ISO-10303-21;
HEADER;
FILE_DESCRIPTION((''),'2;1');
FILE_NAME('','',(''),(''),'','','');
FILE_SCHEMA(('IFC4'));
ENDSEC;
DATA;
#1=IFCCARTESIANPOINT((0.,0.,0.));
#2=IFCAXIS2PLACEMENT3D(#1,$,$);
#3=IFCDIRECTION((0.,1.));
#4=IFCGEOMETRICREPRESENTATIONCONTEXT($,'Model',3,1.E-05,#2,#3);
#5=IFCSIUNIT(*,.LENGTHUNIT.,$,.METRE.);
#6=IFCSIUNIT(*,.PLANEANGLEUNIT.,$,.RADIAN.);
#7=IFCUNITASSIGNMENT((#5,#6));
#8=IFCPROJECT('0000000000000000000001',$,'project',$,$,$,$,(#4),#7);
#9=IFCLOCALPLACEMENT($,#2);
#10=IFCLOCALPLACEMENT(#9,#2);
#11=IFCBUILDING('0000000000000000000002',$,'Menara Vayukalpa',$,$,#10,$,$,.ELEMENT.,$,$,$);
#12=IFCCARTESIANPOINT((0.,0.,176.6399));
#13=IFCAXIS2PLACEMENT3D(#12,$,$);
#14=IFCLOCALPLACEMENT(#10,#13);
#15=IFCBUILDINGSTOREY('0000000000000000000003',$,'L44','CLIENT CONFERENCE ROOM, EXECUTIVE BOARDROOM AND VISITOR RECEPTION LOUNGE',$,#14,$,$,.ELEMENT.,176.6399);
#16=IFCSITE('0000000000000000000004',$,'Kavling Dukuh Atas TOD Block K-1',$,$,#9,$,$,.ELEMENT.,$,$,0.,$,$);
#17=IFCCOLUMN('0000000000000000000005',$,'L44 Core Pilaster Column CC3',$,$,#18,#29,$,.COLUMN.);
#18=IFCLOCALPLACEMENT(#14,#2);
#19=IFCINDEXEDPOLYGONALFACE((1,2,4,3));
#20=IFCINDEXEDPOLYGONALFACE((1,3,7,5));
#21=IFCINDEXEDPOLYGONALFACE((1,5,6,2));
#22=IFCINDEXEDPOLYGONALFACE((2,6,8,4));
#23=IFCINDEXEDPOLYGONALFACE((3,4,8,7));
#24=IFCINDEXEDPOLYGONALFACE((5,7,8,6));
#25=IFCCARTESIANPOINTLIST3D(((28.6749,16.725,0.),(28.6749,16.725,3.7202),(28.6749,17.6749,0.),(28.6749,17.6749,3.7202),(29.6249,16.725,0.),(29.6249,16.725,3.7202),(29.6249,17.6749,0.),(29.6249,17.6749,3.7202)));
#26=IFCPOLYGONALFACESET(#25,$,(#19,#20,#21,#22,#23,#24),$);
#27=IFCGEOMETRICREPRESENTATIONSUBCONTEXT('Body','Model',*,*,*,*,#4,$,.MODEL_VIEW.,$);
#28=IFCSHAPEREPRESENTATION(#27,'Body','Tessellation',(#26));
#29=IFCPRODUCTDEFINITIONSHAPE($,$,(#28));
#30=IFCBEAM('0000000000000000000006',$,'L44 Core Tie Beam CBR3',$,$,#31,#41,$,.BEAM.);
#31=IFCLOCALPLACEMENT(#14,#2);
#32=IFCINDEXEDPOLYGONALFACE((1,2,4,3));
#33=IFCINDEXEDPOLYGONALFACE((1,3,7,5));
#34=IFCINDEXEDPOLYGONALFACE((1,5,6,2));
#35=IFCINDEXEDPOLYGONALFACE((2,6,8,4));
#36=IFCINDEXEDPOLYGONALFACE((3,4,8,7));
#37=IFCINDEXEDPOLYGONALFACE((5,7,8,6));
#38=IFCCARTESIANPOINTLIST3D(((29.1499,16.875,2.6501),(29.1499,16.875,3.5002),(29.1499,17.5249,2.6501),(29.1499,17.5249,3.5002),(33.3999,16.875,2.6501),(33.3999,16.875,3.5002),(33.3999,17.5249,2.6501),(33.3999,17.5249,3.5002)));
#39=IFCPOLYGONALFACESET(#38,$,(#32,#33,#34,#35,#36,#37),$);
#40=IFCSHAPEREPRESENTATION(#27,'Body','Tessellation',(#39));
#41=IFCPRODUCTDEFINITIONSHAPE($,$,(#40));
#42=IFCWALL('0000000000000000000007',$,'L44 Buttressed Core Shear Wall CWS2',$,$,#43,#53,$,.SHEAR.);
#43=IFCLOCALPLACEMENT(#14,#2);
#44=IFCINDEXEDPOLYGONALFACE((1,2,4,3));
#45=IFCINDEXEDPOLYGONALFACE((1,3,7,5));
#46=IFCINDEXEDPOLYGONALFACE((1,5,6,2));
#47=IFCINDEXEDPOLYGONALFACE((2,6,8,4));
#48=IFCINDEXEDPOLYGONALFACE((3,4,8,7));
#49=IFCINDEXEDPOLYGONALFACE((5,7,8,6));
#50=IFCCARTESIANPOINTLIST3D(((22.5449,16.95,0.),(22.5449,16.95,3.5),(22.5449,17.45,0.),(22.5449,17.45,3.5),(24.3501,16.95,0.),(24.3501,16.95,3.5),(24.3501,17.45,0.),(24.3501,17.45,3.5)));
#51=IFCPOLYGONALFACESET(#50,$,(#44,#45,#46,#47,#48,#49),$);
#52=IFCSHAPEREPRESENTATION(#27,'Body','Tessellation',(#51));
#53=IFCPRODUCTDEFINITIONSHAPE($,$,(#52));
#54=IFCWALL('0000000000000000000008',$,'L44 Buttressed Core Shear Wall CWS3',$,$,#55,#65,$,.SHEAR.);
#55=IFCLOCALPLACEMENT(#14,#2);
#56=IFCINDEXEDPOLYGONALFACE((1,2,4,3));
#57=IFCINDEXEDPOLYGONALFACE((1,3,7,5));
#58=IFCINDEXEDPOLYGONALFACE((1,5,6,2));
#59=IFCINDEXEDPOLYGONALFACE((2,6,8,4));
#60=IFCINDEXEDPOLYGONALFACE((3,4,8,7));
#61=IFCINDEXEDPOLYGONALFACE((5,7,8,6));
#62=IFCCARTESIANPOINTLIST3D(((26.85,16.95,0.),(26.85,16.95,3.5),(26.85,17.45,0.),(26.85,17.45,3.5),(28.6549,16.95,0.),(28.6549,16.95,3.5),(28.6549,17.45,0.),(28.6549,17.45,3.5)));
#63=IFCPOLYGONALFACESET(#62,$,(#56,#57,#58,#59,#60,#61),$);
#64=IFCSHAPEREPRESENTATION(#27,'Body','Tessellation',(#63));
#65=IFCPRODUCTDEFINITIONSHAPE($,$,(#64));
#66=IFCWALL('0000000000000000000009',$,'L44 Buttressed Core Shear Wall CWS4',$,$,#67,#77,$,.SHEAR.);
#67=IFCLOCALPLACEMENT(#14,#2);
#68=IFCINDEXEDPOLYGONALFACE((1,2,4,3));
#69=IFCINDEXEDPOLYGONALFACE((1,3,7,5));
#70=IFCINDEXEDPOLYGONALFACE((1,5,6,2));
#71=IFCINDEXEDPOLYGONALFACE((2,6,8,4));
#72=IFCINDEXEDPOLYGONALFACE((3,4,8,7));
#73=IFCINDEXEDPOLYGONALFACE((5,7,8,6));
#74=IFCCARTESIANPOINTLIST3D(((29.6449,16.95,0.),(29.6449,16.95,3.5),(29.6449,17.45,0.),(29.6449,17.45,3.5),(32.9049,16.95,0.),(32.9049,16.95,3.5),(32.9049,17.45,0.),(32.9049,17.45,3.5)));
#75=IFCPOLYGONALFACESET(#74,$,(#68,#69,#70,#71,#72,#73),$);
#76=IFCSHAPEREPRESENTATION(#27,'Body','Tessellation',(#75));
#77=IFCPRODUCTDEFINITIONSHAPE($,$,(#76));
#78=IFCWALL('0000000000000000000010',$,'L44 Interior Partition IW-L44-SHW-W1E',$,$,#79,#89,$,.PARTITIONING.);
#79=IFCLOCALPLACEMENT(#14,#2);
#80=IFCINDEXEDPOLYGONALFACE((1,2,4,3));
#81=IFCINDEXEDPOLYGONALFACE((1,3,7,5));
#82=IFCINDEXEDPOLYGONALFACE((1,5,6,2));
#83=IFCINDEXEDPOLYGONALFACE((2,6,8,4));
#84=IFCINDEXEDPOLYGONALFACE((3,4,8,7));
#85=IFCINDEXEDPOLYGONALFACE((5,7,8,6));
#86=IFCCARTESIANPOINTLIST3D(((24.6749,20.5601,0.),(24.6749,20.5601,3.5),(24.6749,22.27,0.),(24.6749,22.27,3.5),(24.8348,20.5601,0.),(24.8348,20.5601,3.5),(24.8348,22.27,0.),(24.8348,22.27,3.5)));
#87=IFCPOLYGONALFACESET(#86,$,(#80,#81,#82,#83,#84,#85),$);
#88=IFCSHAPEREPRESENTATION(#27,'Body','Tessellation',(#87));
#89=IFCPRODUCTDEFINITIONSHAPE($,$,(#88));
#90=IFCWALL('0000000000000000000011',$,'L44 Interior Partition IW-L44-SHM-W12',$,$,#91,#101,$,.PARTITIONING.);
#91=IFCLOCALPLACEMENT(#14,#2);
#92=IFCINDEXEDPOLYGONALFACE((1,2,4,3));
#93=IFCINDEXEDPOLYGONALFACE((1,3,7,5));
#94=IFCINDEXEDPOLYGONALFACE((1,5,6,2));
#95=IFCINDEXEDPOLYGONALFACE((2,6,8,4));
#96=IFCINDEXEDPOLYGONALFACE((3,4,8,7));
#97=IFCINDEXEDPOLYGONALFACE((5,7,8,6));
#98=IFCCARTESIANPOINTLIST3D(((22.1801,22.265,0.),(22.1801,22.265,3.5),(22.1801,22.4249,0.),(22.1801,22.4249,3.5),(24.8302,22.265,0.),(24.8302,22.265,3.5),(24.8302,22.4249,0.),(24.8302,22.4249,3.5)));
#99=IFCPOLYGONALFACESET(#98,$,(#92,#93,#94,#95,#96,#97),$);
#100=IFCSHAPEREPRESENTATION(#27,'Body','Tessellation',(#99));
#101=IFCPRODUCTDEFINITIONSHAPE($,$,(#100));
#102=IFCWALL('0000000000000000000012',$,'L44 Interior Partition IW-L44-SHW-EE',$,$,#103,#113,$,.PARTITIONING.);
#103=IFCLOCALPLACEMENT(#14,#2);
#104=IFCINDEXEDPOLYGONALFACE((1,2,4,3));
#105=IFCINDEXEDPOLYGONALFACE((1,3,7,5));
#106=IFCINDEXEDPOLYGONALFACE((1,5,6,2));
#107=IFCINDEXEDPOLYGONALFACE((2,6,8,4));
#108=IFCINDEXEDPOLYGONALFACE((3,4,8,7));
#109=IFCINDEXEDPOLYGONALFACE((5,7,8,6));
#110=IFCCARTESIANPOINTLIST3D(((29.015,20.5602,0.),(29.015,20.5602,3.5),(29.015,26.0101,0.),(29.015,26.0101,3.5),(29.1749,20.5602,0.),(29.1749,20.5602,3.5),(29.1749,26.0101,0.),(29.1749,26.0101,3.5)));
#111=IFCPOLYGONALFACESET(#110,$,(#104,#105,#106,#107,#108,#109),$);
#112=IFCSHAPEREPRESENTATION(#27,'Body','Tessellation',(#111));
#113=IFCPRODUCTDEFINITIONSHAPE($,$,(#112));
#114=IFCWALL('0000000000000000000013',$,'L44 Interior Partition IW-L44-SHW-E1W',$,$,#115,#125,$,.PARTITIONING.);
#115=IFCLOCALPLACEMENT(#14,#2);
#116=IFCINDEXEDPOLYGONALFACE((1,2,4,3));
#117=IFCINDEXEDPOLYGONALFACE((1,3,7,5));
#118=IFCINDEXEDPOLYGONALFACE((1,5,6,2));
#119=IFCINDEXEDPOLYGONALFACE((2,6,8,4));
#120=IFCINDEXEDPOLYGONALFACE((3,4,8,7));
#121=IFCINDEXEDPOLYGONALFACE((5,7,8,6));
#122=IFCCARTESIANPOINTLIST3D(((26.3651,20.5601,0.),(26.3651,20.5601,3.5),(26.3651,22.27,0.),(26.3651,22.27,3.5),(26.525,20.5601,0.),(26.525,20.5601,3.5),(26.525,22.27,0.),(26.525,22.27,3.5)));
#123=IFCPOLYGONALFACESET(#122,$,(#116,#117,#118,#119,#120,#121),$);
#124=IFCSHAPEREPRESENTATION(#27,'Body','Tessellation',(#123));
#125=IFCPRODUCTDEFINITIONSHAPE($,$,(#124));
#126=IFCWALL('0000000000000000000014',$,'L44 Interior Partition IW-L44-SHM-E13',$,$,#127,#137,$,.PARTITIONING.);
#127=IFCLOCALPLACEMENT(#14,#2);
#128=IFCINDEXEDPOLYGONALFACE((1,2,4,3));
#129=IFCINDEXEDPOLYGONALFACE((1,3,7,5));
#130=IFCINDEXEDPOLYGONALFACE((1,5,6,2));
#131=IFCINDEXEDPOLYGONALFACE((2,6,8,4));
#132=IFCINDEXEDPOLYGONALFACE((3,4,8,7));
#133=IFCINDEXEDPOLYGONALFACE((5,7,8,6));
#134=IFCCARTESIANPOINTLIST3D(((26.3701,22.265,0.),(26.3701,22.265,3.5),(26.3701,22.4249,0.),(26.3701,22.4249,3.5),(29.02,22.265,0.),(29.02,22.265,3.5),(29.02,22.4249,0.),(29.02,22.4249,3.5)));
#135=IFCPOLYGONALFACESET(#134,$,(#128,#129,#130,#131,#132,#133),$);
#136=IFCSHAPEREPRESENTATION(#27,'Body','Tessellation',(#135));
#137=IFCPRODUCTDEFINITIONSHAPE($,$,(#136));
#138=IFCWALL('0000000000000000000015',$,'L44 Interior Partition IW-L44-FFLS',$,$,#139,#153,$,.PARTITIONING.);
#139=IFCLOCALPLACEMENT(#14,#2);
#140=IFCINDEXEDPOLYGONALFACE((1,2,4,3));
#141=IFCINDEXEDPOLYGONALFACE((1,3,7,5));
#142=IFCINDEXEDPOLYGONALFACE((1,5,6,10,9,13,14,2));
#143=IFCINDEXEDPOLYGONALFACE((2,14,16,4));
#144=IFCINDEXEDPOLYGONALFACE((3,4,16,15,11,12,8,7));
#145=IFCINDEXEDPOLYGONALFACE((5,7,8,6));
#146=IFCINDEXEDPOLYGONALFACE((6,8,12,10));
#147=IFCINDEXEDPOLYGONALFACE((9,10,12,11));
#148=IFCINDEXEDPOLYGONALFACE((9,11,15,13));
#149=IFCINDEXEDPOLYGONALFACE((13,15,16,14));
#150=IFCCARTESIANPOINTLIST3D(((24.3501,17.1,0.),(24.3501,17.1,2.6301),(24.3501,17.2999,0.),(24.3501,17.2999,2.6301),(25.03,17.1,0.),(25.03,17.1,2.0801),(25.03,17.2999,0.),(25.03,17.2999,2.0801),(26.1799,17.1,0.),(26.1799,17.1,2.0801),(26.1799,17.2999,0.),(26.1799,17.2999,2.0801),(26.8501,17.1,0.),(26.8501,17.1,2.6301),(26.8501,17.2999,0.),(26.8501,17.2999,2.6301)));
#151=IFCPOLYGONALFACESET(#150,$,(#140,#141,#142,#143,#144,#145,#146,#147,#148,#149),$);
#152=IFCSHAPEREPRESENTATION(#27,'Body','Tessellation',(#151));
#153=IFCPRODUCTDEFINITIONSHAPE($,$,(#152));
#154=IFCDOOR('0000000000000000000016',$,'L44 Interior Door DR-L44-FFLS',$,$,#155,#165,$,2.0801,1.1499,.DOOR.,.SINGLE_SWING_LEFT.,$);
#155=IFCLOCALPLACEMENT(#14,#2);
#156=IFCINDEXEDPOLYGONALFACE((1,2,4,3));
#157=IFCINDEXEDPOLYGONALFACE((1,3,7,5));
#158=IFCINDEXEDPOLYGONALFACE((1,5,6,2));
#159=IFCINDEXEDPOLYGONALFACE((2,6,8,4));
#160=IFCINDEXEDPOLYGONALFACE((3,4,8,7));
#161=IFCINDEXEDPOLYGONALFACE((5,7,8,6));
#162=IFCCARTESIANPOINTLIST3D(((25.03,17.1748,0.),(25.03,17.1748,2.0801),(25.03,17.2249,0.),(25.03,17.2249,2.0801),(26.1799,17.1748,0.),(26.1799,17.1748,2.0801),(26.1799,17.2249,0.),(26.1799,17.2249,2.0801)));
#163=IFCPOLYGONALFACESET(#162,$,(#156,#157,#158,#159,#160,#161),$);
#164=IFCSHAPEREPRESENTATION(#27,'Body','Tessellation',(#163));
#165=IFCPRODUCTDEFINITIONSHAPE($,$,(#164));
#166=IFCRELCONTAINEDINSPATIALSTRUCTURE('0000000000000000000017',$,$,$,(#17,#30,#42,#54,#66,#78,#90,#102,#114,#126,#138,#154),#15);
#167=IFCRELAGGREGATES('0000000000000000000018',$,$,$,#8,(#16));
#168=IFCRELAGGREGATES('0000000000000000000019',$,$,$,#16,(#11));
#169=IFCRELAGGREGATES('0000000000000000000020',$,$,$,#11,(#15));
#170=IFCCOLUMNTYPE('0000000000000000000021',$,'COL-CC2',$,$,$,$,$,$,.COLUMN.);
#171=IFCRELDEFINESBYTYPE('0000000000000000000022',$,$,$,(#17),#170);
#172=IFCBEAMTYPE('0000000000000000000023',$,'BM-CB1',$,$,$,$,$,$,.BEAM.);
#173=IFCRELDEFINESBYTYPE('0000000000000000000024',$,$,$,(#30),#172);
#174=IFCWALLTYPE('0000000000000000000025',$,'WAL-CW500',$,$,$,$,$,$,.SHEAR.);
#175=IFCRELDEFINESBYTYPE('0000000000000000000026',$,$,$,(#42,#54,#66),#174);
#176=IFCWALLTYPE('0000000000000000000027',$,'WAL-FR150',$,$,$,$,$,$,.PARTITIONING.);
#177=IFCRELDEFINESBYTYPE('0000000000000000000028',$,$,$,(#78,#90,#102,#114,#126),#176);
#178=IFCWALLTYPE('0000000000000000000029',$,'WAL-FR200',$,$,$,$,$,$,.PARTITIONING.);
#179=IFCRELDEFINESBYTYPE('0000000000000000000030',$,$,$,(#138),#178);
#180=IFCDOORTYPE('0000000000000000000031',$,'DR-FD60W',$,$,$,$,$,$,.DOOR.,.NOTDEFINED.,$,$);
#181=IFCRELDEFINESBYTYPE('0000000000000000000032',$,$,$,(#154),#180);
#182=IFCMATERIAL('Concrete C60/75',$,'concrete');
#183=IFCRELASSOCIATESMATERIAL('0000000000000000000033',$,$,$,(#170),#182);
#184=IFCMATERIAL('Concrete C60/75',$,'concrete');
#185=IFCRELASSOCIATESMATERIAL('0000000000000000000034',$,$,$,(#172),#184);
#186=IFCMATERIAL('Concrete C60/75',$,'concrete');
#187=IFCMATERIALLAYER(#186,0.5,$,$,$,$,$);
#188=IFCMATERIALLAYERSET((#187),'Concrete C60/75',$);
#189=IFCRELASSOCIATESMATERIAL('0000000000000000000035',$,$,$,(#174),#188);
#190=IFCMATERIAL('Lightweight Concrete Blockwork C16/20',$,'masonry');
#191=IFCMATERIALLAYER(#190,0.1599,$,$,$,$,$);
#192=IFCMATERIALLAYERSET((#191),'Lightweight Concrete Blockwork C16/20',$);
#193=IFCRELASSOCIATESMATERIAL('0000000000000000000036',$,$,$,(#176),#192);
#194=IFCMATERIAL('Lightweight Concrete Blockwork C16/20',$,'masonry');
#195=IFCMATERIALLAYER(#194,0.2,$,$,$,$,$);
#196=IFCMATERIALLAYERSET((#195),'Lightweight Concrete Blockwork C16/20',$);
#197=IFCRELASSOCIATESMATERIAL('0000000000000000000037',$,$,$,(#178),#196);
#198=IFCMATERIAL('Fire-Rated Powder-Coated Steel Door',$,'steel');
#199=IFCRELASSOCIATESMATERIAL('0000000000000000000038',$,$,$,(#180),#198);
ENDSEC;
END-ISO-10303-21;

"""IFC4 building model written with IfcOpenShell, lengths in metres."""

from ifc_helpers import new_model, si_unit, direction, frame, frame_2d, origin, origin_2d, place, context, subcontext, project, spatial, rectangle, extrude, material, layer, layer_set, material_profile, profile_set, type_object, element, fill, save


model = new_model("IFC4")

# Units and contexts
model_context = context("Model", 3, precision=1e-05, world=origin(), true_north=direction((0.0, 1.0)))
body_context = subcontext(model_context, "Body", "Model", "MODEL_VIEW")
ifc_project = project(units=[si_unit("LENGTHUNIT", "METRE"), si_unit("PLANEANGLEUNIT", "RADIAN")], contexts=[model_context])

# Site, building, storey
site_placement = place(None, origin())
site = spatial("IfcSite", under=ifc_project, at=site_placement, Name="Kavling Dukuh Atas TOD Block K-1", CompositionType="ELEMENT", RefElevation=0.0)
building_placement = place(site_placement, origin())
building = spatial("IfcBuilding", under=site, at=building_placement, Name="Menara Vayukalpa", CompositionType="ELEMENT")
storey_placement = place(building_placement, frame((0.0, 0.0, 176.6399)))
storey = spatial("IfcBuildingStorey", under=building, at=storey_placement, Name="L44", Description="CLIENT CONFERENCE ROOM, EXECUTIVE BOARDROOM AND VISITOR RECEPTION LOUNGE", CompositionType="ELEMENT", Elevation=176.6399)

# Column
ifc_material_1 = material(Name="Concrete C60/75", Category="concrete")
ifc_material_profile_1 = material_profile(ifc_material_1, rectangle(XDim=0.95, YDim=0.95, at=origin_2d()), Name="RC 950x950")
ifc_profile_set_1 = profile_set([ifc_material_profile_1], Name="Concrete C60/75")
column_type = type_object("IfcColumnType", Name="COL-CC2", PredefinedType="COLUMN", material=ifc_profile_set_1)
column_placement = place(storey_placement, frame((29.1499, 17.2, 0.0), z_axis=(0.0, 0.0, 1.0), x_axis=(1.0, 0.0, 0.0)))
element("IfcColumn", 1, at=column_placement, inside=storey, type_object=column_type, Name="L44 Core Pilaster Column CC3", PredefinedType="COLUMN", context=body_context, shape_type="SweptSolid", body=[
    extrude(rectangle(XDim=0.95, YDim=0.95, at=origin_2d()), origin(), (0.0, 0.0, 1.0), 3.7202),
])

# Beam
ifc_material_2 = material(Name="Concrete C60/75", Category="concrete")
ifc_material_profile_2 = material_profile(ifc_material_2, rectangle(XDim=0.6499, YDim=0.8501, at=origin_2d()), Name="RC 650x850")
ifc_profile_set_2 = profile_set([ifc_material_profile_2], Name="Concrete C60/75")
beam_type = type_object("IfcBeamType", Name="BM-CB1", PredefinedType="BEAM", material=ifc_profile_set_2)
beam_placement = place(storey_placement, frame((29.1499, 17.2, 3.0752), z_axis=(1.0, 0.0, 0.0), x_axis=(0.0, 1.0, 0.0)))
element("IfcBeam", 2, at=beam_placement, inside=storey, type_object=beam_type, Name="L44 Core Tie Beam CBR3", PredefinedType="BEAM", context=body_context, shape_type="SweptSolid", body=[
    extrude(rectangle(XDim=0.6499, YDim=0.8501, at=origin_2d()), origin(), (0.0, 0.0, 1.0), 4.25),
])

# Walls
ifc_material_3 = material(Name="Concrete C60/75", Category="concrete")
ifc_layer_1 = layer(ifc_material_3, 0.5)
ifc_layer_set_1 = layer_set([ifc_layer_1], Name="Concrete C60/75")
wall_type_1 = type_object("IfcWallType", Name="WAL-CW500", PredefinedType="SHEAR", material=ifc_layer_set_1)
wall_1_placement = place(storey_placement, frame((22.5449, 17.2, 0.0), z_axis=(0.0, 0.0, 1.0), x_axis=(1.0, 0.0, 0.0)))
element("IfcWall", 3, at=wall_1_placement, inside=storey, type_object=wall_type_1, Name="L44 Buttressed Core Shear Wall CWS2", PredefinedType="SHEAR", context=body_context, shape_type="SweptSolid", body=[
    extrude(rectangle(XDim=1.8052, YDim=0.5, at=frame_2d((0.9026, 0.0))), origin(), (0.0, 0.0, 1.0), 3.5),
])
wall_2_placement = place(storey_placement, frame((26.8501, 17.2, 0.0), z_axis=(0.0, 0.0, 1.0), x_axis=(1.0, 0.0, 0.0)))
element("IfcWall", 4, at=wall_2_placement, inside=storey, type_object=wall_type_1, Name="L44 Buttressed Core Shear Wall CWS3", PredefinedType="SHEAR", context=body_context, shape_type="SweptSolid", body=[
    extrude(rectangle(XDim=1.8049, YDim=0.5, at=frame_2d((0.9023, 0.0))), origin(), (0.0, 0.0, 1.0), 3.5),
])
wall_3_placement = place(storey_placement, frame((29.645, 17.2, 0.0), z_axis=(0.0, 0.0, 1.0), x_axis=(1.0, 0.0, 0.0)))
element("IfcWall", 5, at=wall_3_placement, inside=storey, type_object=wall_type_1, Name="L44 Buttressed Core Shear Wall CWS4", PredefinedType="SHEAR", context=body_context, shape_type="SweptSolid", body=[
    extrude(rectangle(XDim=3.26, YDim=0.5, at=frame_2d((1.6299, 0.0))), origin(), (0.0, 0.0, 1.0), 3.5),
])
ifc_material_4 = material(Name="Lightweight Concrete Blockwork C16/20", Category="masonry")
ifc_layer_2 = layer(ifc_material_4, 0.1599)
ifc_layer_set_2 = layer_set([ifc_layer_2], Name="Lightweight Concrete Blockwork C16/20")
wall_type_2 = type_object("IfcWallType", Name="WAL-FR150", PredefinedType="PARTITIONING", material=ifc_layer_set_2)
wall_4_placement = place(storey_placement, frame((24.7549, 20.5601, 0.0), z_axis=(0.0, 0.0, 1.0), x_axis=(0.0, 1.0, 0.0)))
element("IfcWall", 6, at=wall_4_placement, inside=storey, type_object=wall_type_2, Name="L44 Interior Partition IW-L44-SHW-W1E", PredefinedType="PARTITIONING", context=body_context, shape_type="SweptSolid", body=[
    extrude(rectangle(XDim=1.71, YDim=0.1599, at=frame_2d((0.855, 0.0))), origin(), (0.0, 0.0, 1.0), 3.5),
])
wall_5_placement = place(storey_placement, frame((22.1799, 22.345, 0.0), z_axis=(0.0, 0.0, 1.0), x_axis=(1.0, 0.0, 0.0)))
element("IfcWall", 7, at=wall_5_placement, inside=storey, type_object=wall_type_2, Name="L44 Interior Partition IW-L44-SHM-W12", PredefinedType="PARTITIONING", context=body_context, shape_type="SweptSolid", body=[
    extrude(rectangle(XDim=2.6501, YDim=0.1599, at=frame_2d((1.3252, 0.0))), origin(), (0.0, 0.0, 1.0), 3.5),
])
wall_6_placement = place(storey_placement, frame((29.095, 20.5601, 0.0), z_axis=(0.0, 0.0, 1.0), x_axis=(0.0, 1.0, 0.0)))
element("IfcWall", 8, at=wall_6_placement, inside=storey, type_object=wall_type_2, Name="L44 Interior Partition IW-L44-SHW-EE", PredefinedType="PARTITIONING", context=body_context, shape_type="SweptSolid", body=[
    extrude(rectangle(XDim=5.45, YDim=0.1599, at=frame_2d((2.7251, 0.0))), origin(), (0.0, 0.0, 1.0), 3.5),
])
wall_7_placement = place(storey_placement, frame((26.4451, 20.5601, 0.0), z_axis=(0.0, 0.0, 1.0), x_axis=(0.0, 1.0, 0.0)))
element("IfcWall", 9, at=wall_7_placement, inside=storey, type_object=wall_type_2, Name="L44 Interior Partition IW-L44-SHW-E1W", PredefinedType="PARTITIONING", context=body_context, shape_type="SweptSolid", body=[
    extrude(rectangle(XDim=1.71, YDim=0.1599, at=frame_2d((0.855, 0.0))), origin(), (0.0, 0.0, 1.0), 3.5),
])
wall_8_placement = place(storey_placement, frame((26.3701, 22.345, 0.0), z_axis=(0.0, 0.0, 1.0), x_axis=(1.0, 0.0, 0.0)))
element("IfcWall", 10, at=wall_8_placement, inside=storey, type_object=wall_type_2, Name="L44 Interior Partition IW-L44-SHM-E13", PredefinedType="PARTITIONING", context=body_context, shape_type="SweptSolid", body=[
    extrude(rectangle(XDim=2.6499, YDim=0.1599, at=frame_2d((1.325, 0.0))), origin(), (0.0, 0.0, 1.0), 3.5),
])

# Wall, opening, door
ifc_material_5 = material(Name="Lightweight Concrete Blockwork C16/20", Category="masonry")
ifc_layer_3 = layer(ifc_material_5, 0.2)
ifc_layer_set_3 = layer_set([ifc_layer_3], Name="Lightweight Concrete Blockwork C16/20")
wall_type_3 = type_object("IfcWallType", Name="WAL-FR200", PredefinedType="PARTITIONING", material=ifc_layer_set_3)
wall_9_placement = place(storey_placement, frame((24.3501, 17.2, 0.0), z_axis=(0.0, 0.0, 1.0), x_axis=(1.0, 0.0, 0.0)))
wall_9 = element("IfcWall", 11, at=wall_9_placement, inside=storey, type_object=wall_type_3, Name="L44 Interior Partition IW-L44-FFLS", PredefinedType="PARTITIONING", context=body_context, shape_type="SweptSolid", body=[
    extrude(rectangle(XDim=2.5, YDim=0.2, at=frame_2d((1.25, 0.0))), origin(), (0.0, 0.0, 1.0), 2.6301),
])
opening_1_placement = place(wall_9_placement, frame((0.6799, 0.0, 0.0)))
opening_1 = element("IfcOpeningElement", 12, at=opening_1_placement, cuts=wall_9, PredefinedType="OPENING", context=body_context, shape_type="SweptSolid", body=[
    extrude(rectangle(XDim=1.1499, YDim=2.0801, at=frame_2d((0.575, 1.04))), frame((0.0, 0.1099, 0.0), z_axis=(0.0, -1.0, 0.0), x_axis=(1.0, 0.0, 0.0)), (0.0, 0.0, 1.0), 0.22),
])
ifc_material_6 = material(Name="Fire-Rated Powder-Coated Steel Door", Category="steel")
door_type_1 = type_object("IfcDoorType", Name="DR-FD60W", OperationType="NOTDEFINED", PredefinedType="DOOR", material=ifc_material_6)
door_1_placement = place(opening_1_placement, origin())
door_1 = element("IfcDoor", 13, at=door_1_placement, inside=storey, type_object=door_type_1, Name="L44 Interior Door DR-L44-FFLS", OperationType="SINGLE_SWING_LEFT", OverallHeight=2.0801, OverallWidth=1.1499, PredefinedType="DOOR", context=body_context, shape_type="SweptSolid", body=[
    extrude(rectangle(XDim=1.1499, YDim=2.0801, at=frame_2d((0.575, 1.04))), frame((0.0, 0.0249, 0.0), z_axis=(0.0, -1.0, 0.0), x_axis=(1.0, 0.0, 0.0)), (0.0, 0.0, 1.0), 0.05),
])
fill(opening_1, door_1)

save(model, "model.ifc")
